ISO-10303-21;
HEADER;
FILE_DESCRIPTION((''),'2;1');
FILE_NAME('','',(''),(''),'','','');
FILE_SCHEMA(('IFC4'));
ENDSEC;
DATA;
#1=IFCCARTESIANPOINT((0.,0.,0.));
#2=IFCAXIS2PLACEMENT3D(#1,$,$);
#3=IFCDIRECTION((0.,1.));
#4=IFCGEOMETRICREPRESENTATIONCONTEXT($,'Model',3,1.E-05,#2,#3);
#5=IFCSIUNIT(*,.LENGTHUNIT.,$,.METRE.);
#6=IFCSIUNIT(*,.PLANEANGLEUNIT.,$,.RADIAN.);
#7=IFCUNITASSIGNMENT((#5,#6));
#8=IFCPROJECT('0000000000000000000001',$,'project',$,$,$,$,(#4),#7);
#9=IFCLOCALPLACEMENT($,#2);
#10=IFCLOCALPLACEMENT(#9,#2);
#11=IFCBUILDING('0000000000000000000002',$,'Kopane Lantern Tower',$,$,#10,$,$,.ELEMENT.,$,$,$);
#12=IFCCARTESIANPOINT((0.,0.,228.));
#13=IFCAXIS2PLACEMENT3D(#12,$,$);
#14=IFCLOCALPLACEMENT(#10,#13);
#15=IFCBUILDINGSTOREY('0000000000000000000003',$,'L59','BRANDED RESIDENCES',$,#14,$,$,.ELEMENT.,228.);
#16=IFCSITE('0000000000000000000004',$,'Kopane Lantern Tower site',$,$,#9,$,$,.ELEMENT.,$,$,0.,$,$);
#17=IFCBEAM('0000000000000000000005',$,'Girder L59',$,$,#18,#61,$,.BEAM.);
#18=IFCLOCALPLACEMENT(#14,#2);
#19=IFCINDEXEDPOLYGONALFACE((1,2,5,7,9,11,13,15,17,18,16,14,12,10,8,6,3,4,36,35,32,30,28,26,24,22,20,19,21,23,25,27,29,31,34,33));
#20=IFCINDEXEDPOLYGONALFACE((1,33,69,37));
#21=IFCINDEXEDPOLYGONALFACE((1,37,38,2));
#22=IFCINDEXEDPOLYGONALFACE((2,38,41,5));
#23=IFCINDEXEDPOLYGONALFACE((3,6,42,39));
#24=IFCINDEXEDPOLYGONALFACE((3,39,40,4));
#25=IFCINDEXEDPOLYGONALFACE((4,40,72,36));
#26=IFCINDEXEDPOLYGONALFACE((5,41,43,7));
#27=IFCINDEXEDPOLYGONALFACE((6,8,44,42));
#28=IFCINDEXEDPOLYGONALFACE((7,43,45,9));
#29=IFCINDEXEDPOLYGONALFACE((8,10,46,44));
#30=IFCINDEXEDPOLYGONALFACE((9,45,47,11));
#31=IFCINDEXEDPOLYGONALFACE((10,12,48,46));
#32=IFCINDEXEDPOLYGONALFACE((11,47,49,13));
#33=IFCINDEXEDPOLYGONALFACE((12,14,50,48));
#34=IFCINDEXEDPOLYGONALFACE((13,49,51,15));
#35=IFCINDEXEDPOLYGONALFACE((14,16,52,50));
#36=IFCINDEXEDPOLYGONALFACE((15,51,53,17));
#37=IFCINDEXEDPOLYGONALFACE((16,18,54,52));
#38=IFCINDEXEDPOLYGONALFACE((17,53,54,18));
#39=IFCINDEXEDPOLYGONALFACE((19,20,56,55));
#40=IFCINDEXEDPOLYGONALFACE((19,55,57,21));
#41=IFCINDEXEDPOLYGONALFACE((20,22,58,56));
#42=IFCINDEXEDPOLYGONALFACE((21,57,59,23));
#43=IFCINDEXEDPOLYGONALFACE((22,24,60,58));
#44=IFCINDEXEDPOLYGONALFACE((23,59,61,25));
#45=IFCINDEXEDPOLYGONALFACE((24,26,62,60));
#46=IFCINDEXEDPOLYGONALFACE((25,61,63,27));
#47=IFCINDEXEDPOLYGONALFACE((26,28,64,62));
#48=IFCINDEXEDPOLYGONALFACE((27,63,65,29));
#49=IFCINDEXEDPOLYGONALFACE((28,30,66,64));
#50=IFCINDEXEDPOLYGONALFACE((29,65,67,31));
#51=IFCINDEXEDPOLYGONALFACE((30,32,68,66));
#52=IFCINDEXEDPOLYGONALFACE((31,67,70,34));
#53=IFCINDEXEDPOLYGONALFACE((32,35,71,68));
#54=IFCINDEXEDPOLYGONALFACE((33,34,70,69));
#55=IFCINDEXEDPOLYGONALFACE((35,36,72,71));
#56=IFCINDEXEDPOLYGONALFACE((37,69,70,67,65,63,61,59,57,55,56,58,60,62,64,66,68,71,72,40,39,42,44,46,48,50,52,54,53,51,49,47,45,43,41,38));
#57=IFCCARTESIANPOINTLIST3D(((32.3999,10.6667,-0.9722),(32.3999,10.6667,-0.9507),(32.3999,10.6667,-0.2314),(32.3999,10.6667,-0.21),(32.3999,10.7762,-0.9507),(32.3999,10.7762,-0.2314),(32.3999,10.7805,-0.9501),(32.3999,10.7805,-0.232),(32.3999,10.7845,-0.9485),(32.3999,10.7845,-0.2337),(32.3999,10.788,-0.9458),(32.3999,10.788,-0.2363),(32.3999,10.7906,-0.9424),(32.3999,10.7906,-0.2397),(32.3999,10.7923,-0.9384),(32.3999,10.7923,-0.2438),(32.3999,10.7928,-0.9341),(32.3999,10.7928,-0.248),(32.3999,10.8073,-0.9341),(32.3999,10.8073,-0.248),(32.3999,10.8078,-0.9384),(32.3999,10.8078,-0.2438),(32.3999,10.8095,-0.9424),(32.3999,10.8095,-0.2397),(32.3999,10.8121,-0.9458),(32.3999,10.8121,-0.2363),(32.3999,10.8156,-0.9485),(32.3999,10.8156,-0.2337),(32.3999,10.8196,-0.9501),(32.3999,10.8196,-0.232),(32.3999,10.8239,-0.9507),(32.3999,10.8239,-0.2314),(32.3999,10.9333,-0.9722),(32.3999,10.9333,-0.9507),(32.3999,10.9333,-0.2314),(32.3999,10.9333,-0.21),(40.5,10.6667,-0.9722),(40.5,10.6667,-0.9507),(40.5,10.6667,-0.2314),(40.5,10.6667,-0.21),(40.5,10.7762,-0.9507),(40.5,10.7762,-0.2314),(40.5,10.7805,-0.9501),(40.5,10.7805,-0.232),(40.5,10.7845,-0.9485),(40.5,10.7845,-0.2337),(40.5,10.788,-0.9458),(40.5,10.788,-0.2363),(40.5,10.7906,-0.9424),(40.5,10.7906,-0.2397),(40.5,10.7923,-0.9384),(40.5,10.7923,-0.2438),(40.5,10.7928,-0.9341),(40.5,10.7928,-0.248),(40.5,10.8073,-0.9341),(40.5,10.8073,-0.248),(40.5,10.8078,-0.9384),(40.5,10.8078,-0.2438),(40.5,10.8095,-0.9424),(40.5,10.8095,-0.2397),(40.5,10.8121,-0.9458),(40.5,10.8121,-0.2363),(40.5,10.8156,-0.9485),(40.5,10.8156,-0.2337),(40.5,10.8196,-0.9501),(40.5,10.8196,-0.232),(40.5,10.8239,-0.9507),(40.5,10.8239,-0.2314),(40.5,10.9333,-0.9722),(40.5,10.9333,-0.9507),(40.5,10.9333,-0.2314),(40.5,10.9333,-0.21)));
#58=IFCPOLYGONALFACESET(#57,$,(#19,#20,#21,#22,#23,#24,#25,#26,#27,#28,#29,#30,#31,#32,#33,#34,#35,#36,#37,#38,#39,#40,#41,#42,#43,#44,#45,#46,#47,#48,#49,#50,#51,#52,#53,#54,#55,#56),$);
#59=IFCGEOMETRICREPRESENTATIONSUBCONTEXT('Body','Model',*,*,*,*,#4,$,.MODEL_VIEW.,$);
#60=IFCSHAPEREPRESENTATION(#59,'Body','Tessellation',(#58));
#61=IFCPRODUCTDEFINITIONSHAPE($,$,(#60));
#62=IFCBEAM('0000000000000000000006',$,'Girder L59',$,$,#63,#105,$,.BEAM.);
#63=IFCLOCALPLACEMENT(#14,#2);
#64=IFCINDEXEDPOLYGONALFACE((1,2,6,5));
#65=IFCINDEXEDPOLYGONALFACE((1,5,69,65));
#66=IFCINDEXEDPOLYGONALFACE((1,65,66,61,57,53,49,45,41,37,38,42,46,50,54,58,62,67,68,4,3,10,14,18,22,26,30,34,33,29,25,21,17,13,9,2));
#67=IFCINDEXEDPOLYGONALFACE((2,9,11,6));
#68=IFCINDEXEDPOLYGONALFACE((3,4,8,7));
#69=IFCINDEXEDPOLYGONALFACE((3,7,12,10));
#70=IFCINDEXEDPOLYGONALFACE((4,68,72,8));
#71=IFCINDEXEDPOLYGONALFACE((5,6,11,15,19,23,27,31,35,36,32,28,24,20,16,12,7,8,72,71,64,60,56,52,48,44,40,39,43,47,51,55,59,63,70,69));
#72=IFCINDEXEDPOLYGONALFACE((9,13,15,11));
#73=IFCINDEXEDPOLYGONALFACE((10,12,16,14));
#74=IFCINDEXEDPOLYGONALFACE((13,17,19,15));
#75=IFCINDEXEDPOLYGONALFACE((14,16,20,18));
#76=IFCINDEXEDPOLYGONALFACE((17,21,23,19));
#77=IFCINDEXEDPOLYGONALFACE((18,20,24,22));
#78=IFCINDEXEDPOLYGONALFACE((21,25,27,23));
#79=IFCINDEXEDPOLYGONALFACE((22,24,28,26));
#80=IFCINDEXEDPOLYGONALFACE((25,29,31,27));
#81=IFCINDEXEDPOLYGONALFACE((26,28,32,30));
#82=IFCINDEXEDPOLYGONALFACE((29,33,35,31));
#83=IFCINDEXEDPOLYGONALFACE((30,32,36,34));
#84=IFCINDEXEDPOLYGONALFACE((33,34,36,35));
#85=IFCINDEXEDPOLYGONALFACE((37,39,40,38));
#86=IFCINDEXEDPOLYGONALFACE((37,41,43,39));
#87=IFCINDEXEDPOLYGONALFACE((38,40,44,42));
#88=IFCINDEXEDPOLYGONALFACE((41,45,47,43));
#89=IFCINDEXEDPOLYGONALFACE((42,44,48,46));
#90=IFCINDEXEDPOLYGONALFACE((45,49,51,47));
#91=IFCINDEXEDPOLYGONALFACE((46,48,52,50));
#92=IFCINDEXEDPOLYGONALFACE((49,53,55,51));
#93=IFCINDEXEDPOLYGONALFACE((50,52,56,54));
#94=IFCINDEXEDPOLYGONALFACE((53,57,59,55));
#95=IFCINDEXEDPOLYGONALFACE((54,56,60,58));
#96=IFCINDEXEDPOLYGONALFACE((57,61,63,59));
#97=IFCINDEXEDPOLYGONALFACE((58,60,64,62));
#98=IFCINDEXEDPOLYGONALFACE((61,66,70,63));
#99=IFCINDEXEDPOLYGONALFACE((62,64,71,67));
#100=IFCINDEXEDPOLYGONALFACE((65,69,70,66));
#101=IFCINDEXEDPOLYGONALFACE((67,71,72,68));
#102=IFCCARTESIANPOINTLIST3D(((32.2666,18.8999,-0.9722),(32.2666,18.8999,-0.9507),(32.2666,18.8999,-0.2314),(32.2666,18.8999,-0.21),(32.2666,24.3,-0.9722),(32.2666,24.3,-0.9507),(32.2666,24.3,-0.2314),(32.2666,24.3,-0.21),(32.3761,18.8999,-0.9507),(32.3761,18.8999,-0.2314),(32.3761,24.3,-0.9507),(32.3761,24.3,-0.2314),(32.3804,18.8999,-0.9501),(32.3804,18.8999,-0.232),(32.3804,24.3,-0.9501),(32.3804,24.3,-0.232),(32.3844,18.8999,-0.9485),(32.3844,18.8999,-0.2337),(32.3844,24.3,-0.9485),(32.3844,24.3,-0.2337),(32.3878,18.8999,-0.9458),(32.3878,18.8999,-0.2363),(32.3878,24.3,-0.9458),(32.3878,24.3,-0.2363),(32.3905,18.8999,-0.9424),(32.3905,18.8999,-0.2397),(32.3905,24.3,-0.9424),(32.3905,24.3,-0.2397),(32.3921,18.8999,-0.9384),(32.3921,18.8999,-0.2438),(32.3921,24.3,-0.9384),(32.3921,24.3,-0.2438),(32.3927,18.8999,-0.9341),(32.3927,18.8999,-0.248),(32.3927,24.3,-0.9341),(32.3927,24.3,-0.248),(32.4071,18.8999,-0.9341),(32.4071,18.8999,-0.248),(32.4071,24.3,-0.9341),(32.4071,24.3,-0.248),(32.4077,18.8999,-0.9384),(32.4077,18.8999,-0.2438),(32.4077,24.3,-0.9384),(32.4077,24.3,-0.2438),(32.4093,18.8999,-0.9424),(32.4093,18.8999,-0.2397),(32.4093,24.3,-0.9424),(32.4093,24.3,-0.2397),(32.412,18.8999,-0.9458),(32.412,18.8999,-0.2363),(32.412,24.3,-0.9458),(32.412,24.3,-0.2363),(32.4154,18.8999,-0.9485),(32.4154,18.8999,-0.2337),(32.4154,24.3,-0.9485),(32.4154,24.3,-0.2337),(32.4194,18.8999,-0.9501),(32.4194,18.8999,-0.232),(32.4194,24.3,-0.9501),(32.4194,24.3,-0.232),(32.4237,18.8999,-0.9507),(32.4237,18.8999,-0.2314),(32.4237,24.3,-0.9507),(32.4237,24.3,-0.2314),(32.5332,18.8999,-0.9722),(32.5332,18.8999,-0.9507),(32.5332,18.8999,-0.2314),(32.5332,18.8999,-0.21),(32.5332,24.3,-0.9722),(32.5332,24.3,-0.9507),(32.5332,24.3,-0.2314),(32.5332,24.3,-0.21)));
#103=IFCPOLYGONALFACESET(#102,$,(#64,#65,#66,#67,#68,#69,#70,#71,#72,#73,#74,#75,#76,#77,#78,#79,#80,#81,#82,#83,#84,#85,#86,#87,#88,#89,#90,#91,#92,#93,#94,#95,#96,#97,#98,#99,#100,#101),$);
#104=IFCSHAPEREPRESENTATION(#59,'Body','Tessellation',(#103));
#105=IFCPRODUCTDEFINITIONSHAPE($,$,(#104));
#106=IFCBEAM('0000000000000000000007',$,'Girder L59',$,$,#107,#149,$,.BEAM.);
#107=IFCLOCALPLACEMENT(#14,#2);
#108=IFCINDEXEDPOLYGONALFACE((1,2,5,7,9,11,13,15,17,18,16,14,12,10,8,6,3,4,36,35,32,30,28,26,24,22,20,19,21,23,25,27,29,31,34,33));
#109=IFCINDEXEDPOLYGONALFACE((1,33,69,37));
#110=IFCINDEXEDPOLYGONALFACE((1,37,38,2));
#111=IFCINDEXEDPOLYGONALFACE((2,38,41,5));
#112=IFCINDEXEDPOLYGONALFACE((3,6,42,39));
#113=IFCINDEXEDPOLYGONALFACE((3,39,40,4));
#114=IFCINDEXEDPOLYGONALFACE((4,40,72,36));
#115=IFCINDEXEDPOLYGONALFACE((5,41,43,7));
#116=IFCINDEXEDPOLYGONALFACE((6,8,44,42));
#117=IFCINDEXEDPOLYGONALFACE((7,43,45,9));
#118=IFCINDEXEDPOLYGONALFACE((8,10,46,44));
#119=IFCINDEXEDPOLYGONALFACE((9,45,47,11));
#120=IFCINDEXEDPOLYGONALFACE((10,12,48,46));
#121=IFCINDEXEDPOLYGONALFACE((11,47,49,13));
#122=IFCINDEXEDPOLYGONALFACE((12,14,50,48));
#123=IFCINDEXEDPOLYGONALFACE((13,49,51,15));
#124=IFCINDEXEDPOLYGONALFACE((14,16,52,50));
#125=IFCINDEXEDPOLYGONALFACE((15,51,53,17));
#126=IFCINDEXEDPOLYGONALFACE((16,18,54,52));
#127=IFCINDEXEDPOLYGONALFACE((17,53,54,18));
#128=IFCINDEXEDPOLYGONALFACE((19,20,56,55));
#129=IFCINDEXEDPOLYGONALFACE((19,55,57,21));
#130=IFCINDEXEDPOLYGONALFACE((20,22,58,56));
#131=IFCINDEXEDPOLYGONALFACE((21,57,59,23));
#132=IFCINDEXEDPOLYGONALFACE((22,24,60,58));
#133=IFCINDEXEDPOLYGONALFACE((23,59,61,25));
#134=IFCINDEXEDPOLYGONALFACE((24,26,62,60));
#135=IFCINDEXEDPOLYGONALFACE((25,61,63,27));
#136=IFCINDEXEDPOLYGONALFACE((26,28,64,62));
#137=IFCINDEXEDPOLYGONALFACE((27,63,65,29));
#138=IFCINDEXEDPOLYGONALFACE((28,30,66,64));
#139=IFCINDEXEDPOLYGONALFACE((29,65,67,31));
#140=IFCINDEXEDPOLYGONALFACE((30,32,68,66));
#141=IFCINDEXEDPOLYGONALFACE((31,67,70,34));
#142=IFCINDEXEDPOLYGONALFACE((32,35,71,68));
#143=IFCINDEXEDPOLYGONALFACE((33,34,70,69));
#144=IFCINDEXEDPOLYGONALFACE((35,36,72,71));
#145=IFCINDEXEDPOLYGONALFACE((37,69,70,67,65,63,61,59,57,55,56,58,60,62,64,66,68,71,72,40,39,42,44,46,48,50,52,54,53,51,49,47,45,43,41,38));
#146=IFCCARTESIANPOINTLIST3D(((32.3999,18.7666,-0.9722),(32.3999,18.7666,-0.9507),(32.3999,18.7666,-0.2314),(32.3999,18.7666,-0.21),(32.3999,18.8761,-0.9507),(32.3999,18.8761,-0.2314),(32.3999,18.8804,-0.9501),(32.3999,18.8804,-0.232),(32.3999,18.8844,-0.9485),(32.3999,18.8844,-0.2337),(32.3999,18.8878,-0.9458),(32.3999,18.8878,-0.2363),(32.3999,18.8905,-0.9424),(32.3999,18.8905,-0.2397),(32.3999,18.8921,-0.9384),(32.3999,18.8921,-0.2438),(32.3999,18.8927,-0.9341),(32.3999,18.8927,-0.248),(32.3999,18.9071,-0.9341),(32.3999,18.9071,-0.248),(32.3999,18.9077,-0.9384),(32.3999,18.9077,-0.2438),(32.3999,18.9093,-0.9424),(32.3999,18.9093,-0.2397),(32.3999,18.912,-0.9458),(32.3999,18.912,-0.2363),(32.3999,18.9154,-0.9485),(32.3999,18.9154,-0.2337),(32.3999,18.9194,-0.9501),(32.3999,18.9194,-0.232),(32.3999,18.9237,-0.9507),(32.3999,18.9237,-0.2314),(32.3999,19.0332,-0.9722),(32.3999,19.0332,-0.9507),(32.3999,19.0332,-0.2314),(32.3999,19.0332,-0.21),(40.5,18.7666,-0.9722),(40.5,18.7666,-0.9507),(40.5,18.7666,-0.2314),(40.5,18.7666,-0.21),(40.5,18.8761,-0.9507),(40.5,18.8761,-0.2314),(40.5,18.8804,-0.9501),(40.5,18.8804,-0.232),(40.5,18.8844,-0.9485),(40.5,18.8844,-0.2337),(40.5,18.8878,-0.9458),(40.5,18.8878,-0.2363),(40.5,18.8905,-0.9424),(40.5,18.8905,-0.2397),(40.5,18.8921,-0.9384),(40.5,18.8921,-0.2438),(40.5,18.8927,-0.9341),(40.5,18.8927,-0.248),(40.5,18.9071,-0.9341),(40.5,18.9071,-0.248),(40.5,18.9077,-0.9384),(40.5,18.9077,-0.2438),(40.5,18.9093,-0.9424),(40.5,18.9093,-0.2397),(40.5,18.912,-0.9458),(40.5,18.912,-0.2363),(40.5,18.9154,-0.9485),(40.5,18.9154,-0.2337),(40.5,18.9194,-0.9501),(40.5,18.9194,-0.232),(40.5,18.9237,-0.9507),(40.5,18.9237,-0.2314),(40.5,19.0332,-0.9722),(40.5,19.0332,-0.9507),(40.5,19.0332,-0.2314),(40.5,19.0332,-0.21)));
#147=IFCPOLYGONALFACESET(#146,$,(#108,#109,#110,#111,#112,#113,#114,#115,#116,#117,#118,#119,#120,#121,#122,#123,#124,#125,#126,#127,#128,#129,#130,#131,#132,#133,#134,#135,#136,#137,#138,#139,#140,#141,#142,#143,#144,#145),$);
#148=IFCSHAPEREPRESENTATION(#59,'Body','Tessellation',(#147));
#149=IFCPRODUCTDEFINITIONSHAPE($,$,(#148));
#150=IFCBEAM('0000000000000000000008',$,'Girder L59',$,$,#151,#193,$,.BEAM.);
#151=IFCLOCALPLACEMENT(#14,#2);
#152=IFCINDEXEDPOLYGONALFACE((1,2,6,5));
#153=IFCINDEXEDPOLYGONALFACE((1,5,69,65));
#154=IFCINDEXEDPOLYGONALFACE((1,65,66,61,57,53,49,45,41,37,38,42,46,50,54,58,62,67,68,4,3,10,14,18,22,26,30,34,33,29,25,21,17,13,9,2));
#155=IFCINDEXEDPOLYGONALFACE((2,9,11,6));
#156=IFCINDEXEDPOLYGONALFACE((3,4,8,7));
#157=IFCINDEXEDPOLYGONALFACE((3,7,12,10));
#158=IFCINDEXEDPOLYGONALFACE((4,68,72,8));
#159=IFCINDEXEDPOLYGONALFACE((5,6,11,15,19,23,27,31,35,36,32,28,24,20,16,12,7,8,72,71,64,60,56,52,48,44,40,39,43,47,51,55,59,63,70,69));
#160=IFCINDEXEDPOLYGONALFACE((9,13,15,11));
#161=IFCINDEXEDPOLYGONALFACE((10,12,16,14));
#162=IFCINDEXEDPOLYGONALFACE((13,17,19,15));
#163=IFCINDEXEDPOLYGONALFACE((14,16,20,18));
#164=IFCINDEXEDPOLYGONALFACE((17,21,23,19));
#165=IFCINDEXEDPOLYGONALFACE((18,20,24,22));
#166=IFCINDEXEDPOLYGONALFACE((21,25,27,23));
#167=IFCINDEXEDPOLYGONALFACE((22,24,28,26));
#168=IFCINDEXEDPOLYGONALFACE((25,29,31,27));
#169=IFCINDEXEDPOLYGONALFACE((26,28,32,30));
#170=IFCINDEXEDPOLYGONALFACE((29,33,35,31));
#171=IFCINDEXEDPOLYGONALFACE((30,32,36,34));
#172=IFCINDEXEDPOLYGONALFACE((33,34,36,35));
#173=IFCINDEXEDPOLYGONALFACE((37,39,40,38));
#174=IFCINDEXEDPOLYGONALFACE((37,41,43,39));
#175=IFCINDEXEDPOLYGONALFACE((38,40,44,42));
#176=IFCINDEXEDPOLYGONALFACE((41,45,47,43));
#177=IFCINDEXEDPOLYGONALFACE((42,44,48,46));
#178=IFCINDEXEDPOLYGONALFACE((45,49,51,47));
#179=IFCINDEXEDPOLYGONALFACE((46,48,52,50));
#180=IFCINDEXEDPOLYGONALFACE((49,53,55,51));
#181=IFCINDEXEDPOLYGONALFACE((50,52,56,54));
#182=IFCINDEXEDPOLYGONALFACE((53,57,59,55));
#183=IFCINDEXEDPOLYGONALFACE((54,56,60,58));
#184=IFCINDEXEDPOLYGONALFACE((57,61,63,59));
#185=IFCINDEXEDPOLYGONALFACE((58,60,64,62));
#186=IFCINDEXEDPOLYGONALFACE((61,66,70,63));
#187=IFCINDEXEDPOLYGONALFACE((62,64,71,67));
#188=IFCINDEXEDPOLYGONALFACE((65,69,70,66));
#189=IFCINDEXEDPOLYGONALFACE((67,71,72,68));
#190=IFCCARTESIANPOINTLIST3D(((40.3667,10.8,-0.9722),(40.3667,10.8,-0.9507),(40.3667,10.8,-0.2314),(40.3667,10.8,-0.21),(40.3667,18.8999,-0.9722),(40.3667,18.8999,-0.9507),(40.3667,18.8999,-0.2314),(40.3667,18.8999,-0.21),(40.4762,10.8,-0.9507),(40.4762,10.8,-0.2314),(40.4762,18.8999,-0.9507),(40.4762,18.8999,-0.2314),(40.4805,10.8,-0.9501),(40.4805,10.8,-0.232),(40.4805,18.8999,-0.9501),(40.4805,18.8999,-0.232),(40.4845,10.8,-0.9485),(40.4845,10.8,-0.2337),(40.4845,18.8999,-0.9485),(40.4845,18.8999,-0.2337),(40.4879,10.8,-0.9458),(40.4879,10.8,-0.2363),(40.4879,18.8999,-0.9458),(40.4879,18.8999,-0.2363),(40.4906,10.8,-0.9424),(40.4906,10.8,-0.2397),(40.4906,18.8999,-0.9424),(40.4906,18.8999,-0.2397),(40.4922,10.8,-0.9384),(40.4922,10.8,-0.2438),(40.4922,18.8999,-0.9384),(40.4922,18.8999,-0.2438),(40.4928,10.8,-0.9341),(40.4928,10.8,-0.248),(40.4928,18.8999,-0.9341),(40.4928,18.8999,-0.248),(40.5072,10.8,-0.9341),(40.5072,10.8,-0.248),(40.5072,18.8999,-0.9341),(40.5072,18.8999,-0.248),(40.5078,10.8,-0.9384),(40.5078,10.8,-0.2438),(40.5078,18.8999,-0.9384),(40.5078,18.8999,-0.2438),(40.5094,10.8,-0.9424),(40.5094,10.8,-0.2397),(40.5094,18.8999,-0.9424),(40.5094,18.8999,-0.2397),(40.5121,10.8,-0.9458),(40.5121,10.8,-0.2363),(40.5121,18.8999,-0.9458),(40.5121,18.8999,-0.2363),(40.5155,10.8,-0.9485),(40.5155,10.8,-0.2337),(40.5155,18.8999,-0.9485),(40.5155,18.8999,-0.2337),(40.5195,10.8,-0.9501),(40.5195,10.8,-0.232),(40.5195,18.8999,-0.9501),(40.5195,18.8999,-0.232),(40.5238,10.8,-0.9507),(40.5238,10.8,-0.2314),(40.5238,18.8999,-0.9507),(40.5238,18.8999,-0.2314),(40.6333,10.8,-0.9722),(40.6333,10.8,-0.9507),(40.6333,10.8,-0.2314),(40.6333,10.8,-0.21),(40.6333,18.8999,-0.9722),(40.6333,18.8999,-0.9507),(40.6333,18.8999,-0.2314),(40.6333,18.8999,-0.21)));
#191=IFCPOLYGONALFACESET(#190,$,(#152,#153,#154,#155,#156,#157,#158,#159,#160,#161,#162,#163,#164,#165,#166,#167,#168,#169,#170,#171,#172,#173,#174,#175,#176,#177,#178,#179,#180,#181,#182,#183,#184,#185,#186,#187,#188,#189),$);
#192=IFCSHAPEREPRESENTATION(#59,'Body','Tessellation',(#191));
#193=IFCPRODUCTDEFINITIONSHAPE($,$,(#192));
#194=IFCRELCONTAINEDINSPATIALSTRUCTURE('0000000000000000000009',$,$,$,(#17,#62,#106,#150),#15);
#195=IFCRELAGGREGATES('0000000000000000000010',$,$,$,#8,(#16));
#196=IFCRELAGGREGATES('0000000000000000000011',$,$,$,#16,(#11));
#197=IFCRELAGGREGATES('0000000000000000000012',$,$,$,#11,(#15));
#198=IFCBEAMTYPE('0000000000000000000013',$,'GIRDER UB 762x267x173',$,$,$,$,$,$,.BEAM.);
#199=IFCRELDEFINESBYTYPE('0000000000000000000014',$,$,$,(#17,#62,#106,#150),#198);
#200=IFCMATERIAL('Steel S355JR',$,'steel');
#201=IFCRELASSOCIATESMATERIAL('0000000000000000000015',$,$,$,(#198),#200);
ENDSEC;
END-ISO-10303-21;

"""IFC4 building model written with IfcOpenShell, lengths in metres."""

from ifc_helpers import new_model, si_unit, direction, frame, origin, origin_2d, place, context, subcontext, project, spatial, i_section, extrude, material, material_profile, profile_set, type_object, element, save


model = new_model("IFC4")

# Units and contexts
model_context = context("Model", 3, precision=1e-05, world=origin(), true_north=direction((0.0, 1.0)))
body_context = subcontext(model_context, "Body", "Model", "MODEL_VIEW")
ifc_project = project(units=[si_unit("LENGTHUNIT", "METRE"), si_unit("PLANEANGLEUNIT", "RADIAN")], contexts=[model_context])

# Site, building, storey
site_placement = place(None, origin())
site = spatial("IfcSite", under=ifc_project, at=site_placement, Name="Kopane Lantern Tower site", CompositionType="ELEMENT", RefElevation=0.0)
building_placement = place(site_placement, origin())
building = spatial("IfcBuilding", under=site, at=building_placement, Name="Kopane Lantern Tower", CompositionType="ELEMENT")
storey_placement = place(building_placement, frame((0.0, 0.0, 228.0)))
storey = spatial("IfcBuildingStorey", under=building, at=storey_placement, Name="L59", Description="BRANDED RESIDENCES", CompositionType="ELEMENT", Elevation=228.0)

# Beams
ifc_material_1 = material(Name="Steel S355JR", Category="steel")
ifc_material_profile_1 = material_profile(ifc_material_1, i_section(OverallWidth=0.2666, OverallDepth=0.7622, WebThickness=0.0144, FlangeThickness=0.0215, FilletRadius=0.0166, at=origin_2d()), Name="UB 762x267x173")
ifc_profile_set_1 = profile_set([ifc_material_profile_1], Name="Steel S355JR")
beam_type = type_object("IfcBeamType", Name="GIRDER UB 762x267x173", PredefinedType="BEAM", material=ifc_profile_set_1)
beam_1_placement = place(storey_placement, frame((32.3999, 10.8, -0.5911), z_axis=(1.0, 0.0, 0.0), x_axis=(0.0, 1.0, 0.0)))
element("IfcBeam", 1, at=beam_1_placement, inside=storey, type_object=beam_type, Name="Girder L59", PredefinedType="BEAM", context=body_context, shape_type="SweptSolid", body=[
    extrude(i_section(OverallWidth=0.2666, OverallDepth=0.7622, WebThickness=0.0144, FlangeThickness=0.0215, FilletRadius=0.0166, at=origin_2d()), origin(), (0.0, 0.0, 1.0), 8.1001),
])
beam_2_placement = place(storey_placement, frame((32.3999, 18.8999, -0.5911), z_axis=(0.0, 1.0, 0.0), x_axis=(-1.0, 0.0, 0.0)))
element("IfcBeam", 2, at=beam_2_placement, inside=storey, type_object=beam_type, Name="Girder L59", PredefinedType="BEAM", context=body_context, shape_type="SweptSolid", body=[
    extrude(i_section(OverallWidth=0.2666, OverallDepth=0.7622, WebThickness=0.0144, FlangeThickness=0.0215, FilletRadius=0.0166, at=origin_2d()), origin(), (0.0, 0.0, 1.0), 5.4001),
])
beam_3_placement = place(storey_placement, frame((32.3999, 18.8999, -0.5911), z_axis=(1.0, 0.0, 0.0), x_axis=(0.0, 1.0, 0.0)))
element("IfcBeam", 3, at=beam_3_placement, inside=storey, type_object=beam_type, Name="Girder L59", PredefinedType="BEAM", context=body_context, shape_type="SweptSolid", body=[
    extrude(i_section(OverallWidth=0.2666, OverallDepth=0.7622, WebThickness=0.0144, FlangeThickness=0.0215, FilletRadius=0.0166, at=origin_2d()), origin(), (0.0, 0.0, 1.0), 8.1001),
])
beam_4_placement = place(storey_placement, frame((40.5, 10.8, -0.5911), z_axis=(0.0, 1.0, 0.0), x_axis=(-1.0, 0.0, 0.0)))
element("IfcBeam", 4, at=beam_4_placement, inside=storey, type_object=beam_type, Name="Girder L59", PredefinedType="BEAM", context=body_context, shape_type="SweptSolid", body=[
    extrude(i_section(OverallWidth=0.2666, OverallDepth=0.7622, WebThickness=0.0144, FlangeThickness=0.0215, FilletRadius=0.0166, at=origin_2d()), origin(), (0.0, 0.0, 1.0), 8.0999),
])

save(model, "model.ifc")
